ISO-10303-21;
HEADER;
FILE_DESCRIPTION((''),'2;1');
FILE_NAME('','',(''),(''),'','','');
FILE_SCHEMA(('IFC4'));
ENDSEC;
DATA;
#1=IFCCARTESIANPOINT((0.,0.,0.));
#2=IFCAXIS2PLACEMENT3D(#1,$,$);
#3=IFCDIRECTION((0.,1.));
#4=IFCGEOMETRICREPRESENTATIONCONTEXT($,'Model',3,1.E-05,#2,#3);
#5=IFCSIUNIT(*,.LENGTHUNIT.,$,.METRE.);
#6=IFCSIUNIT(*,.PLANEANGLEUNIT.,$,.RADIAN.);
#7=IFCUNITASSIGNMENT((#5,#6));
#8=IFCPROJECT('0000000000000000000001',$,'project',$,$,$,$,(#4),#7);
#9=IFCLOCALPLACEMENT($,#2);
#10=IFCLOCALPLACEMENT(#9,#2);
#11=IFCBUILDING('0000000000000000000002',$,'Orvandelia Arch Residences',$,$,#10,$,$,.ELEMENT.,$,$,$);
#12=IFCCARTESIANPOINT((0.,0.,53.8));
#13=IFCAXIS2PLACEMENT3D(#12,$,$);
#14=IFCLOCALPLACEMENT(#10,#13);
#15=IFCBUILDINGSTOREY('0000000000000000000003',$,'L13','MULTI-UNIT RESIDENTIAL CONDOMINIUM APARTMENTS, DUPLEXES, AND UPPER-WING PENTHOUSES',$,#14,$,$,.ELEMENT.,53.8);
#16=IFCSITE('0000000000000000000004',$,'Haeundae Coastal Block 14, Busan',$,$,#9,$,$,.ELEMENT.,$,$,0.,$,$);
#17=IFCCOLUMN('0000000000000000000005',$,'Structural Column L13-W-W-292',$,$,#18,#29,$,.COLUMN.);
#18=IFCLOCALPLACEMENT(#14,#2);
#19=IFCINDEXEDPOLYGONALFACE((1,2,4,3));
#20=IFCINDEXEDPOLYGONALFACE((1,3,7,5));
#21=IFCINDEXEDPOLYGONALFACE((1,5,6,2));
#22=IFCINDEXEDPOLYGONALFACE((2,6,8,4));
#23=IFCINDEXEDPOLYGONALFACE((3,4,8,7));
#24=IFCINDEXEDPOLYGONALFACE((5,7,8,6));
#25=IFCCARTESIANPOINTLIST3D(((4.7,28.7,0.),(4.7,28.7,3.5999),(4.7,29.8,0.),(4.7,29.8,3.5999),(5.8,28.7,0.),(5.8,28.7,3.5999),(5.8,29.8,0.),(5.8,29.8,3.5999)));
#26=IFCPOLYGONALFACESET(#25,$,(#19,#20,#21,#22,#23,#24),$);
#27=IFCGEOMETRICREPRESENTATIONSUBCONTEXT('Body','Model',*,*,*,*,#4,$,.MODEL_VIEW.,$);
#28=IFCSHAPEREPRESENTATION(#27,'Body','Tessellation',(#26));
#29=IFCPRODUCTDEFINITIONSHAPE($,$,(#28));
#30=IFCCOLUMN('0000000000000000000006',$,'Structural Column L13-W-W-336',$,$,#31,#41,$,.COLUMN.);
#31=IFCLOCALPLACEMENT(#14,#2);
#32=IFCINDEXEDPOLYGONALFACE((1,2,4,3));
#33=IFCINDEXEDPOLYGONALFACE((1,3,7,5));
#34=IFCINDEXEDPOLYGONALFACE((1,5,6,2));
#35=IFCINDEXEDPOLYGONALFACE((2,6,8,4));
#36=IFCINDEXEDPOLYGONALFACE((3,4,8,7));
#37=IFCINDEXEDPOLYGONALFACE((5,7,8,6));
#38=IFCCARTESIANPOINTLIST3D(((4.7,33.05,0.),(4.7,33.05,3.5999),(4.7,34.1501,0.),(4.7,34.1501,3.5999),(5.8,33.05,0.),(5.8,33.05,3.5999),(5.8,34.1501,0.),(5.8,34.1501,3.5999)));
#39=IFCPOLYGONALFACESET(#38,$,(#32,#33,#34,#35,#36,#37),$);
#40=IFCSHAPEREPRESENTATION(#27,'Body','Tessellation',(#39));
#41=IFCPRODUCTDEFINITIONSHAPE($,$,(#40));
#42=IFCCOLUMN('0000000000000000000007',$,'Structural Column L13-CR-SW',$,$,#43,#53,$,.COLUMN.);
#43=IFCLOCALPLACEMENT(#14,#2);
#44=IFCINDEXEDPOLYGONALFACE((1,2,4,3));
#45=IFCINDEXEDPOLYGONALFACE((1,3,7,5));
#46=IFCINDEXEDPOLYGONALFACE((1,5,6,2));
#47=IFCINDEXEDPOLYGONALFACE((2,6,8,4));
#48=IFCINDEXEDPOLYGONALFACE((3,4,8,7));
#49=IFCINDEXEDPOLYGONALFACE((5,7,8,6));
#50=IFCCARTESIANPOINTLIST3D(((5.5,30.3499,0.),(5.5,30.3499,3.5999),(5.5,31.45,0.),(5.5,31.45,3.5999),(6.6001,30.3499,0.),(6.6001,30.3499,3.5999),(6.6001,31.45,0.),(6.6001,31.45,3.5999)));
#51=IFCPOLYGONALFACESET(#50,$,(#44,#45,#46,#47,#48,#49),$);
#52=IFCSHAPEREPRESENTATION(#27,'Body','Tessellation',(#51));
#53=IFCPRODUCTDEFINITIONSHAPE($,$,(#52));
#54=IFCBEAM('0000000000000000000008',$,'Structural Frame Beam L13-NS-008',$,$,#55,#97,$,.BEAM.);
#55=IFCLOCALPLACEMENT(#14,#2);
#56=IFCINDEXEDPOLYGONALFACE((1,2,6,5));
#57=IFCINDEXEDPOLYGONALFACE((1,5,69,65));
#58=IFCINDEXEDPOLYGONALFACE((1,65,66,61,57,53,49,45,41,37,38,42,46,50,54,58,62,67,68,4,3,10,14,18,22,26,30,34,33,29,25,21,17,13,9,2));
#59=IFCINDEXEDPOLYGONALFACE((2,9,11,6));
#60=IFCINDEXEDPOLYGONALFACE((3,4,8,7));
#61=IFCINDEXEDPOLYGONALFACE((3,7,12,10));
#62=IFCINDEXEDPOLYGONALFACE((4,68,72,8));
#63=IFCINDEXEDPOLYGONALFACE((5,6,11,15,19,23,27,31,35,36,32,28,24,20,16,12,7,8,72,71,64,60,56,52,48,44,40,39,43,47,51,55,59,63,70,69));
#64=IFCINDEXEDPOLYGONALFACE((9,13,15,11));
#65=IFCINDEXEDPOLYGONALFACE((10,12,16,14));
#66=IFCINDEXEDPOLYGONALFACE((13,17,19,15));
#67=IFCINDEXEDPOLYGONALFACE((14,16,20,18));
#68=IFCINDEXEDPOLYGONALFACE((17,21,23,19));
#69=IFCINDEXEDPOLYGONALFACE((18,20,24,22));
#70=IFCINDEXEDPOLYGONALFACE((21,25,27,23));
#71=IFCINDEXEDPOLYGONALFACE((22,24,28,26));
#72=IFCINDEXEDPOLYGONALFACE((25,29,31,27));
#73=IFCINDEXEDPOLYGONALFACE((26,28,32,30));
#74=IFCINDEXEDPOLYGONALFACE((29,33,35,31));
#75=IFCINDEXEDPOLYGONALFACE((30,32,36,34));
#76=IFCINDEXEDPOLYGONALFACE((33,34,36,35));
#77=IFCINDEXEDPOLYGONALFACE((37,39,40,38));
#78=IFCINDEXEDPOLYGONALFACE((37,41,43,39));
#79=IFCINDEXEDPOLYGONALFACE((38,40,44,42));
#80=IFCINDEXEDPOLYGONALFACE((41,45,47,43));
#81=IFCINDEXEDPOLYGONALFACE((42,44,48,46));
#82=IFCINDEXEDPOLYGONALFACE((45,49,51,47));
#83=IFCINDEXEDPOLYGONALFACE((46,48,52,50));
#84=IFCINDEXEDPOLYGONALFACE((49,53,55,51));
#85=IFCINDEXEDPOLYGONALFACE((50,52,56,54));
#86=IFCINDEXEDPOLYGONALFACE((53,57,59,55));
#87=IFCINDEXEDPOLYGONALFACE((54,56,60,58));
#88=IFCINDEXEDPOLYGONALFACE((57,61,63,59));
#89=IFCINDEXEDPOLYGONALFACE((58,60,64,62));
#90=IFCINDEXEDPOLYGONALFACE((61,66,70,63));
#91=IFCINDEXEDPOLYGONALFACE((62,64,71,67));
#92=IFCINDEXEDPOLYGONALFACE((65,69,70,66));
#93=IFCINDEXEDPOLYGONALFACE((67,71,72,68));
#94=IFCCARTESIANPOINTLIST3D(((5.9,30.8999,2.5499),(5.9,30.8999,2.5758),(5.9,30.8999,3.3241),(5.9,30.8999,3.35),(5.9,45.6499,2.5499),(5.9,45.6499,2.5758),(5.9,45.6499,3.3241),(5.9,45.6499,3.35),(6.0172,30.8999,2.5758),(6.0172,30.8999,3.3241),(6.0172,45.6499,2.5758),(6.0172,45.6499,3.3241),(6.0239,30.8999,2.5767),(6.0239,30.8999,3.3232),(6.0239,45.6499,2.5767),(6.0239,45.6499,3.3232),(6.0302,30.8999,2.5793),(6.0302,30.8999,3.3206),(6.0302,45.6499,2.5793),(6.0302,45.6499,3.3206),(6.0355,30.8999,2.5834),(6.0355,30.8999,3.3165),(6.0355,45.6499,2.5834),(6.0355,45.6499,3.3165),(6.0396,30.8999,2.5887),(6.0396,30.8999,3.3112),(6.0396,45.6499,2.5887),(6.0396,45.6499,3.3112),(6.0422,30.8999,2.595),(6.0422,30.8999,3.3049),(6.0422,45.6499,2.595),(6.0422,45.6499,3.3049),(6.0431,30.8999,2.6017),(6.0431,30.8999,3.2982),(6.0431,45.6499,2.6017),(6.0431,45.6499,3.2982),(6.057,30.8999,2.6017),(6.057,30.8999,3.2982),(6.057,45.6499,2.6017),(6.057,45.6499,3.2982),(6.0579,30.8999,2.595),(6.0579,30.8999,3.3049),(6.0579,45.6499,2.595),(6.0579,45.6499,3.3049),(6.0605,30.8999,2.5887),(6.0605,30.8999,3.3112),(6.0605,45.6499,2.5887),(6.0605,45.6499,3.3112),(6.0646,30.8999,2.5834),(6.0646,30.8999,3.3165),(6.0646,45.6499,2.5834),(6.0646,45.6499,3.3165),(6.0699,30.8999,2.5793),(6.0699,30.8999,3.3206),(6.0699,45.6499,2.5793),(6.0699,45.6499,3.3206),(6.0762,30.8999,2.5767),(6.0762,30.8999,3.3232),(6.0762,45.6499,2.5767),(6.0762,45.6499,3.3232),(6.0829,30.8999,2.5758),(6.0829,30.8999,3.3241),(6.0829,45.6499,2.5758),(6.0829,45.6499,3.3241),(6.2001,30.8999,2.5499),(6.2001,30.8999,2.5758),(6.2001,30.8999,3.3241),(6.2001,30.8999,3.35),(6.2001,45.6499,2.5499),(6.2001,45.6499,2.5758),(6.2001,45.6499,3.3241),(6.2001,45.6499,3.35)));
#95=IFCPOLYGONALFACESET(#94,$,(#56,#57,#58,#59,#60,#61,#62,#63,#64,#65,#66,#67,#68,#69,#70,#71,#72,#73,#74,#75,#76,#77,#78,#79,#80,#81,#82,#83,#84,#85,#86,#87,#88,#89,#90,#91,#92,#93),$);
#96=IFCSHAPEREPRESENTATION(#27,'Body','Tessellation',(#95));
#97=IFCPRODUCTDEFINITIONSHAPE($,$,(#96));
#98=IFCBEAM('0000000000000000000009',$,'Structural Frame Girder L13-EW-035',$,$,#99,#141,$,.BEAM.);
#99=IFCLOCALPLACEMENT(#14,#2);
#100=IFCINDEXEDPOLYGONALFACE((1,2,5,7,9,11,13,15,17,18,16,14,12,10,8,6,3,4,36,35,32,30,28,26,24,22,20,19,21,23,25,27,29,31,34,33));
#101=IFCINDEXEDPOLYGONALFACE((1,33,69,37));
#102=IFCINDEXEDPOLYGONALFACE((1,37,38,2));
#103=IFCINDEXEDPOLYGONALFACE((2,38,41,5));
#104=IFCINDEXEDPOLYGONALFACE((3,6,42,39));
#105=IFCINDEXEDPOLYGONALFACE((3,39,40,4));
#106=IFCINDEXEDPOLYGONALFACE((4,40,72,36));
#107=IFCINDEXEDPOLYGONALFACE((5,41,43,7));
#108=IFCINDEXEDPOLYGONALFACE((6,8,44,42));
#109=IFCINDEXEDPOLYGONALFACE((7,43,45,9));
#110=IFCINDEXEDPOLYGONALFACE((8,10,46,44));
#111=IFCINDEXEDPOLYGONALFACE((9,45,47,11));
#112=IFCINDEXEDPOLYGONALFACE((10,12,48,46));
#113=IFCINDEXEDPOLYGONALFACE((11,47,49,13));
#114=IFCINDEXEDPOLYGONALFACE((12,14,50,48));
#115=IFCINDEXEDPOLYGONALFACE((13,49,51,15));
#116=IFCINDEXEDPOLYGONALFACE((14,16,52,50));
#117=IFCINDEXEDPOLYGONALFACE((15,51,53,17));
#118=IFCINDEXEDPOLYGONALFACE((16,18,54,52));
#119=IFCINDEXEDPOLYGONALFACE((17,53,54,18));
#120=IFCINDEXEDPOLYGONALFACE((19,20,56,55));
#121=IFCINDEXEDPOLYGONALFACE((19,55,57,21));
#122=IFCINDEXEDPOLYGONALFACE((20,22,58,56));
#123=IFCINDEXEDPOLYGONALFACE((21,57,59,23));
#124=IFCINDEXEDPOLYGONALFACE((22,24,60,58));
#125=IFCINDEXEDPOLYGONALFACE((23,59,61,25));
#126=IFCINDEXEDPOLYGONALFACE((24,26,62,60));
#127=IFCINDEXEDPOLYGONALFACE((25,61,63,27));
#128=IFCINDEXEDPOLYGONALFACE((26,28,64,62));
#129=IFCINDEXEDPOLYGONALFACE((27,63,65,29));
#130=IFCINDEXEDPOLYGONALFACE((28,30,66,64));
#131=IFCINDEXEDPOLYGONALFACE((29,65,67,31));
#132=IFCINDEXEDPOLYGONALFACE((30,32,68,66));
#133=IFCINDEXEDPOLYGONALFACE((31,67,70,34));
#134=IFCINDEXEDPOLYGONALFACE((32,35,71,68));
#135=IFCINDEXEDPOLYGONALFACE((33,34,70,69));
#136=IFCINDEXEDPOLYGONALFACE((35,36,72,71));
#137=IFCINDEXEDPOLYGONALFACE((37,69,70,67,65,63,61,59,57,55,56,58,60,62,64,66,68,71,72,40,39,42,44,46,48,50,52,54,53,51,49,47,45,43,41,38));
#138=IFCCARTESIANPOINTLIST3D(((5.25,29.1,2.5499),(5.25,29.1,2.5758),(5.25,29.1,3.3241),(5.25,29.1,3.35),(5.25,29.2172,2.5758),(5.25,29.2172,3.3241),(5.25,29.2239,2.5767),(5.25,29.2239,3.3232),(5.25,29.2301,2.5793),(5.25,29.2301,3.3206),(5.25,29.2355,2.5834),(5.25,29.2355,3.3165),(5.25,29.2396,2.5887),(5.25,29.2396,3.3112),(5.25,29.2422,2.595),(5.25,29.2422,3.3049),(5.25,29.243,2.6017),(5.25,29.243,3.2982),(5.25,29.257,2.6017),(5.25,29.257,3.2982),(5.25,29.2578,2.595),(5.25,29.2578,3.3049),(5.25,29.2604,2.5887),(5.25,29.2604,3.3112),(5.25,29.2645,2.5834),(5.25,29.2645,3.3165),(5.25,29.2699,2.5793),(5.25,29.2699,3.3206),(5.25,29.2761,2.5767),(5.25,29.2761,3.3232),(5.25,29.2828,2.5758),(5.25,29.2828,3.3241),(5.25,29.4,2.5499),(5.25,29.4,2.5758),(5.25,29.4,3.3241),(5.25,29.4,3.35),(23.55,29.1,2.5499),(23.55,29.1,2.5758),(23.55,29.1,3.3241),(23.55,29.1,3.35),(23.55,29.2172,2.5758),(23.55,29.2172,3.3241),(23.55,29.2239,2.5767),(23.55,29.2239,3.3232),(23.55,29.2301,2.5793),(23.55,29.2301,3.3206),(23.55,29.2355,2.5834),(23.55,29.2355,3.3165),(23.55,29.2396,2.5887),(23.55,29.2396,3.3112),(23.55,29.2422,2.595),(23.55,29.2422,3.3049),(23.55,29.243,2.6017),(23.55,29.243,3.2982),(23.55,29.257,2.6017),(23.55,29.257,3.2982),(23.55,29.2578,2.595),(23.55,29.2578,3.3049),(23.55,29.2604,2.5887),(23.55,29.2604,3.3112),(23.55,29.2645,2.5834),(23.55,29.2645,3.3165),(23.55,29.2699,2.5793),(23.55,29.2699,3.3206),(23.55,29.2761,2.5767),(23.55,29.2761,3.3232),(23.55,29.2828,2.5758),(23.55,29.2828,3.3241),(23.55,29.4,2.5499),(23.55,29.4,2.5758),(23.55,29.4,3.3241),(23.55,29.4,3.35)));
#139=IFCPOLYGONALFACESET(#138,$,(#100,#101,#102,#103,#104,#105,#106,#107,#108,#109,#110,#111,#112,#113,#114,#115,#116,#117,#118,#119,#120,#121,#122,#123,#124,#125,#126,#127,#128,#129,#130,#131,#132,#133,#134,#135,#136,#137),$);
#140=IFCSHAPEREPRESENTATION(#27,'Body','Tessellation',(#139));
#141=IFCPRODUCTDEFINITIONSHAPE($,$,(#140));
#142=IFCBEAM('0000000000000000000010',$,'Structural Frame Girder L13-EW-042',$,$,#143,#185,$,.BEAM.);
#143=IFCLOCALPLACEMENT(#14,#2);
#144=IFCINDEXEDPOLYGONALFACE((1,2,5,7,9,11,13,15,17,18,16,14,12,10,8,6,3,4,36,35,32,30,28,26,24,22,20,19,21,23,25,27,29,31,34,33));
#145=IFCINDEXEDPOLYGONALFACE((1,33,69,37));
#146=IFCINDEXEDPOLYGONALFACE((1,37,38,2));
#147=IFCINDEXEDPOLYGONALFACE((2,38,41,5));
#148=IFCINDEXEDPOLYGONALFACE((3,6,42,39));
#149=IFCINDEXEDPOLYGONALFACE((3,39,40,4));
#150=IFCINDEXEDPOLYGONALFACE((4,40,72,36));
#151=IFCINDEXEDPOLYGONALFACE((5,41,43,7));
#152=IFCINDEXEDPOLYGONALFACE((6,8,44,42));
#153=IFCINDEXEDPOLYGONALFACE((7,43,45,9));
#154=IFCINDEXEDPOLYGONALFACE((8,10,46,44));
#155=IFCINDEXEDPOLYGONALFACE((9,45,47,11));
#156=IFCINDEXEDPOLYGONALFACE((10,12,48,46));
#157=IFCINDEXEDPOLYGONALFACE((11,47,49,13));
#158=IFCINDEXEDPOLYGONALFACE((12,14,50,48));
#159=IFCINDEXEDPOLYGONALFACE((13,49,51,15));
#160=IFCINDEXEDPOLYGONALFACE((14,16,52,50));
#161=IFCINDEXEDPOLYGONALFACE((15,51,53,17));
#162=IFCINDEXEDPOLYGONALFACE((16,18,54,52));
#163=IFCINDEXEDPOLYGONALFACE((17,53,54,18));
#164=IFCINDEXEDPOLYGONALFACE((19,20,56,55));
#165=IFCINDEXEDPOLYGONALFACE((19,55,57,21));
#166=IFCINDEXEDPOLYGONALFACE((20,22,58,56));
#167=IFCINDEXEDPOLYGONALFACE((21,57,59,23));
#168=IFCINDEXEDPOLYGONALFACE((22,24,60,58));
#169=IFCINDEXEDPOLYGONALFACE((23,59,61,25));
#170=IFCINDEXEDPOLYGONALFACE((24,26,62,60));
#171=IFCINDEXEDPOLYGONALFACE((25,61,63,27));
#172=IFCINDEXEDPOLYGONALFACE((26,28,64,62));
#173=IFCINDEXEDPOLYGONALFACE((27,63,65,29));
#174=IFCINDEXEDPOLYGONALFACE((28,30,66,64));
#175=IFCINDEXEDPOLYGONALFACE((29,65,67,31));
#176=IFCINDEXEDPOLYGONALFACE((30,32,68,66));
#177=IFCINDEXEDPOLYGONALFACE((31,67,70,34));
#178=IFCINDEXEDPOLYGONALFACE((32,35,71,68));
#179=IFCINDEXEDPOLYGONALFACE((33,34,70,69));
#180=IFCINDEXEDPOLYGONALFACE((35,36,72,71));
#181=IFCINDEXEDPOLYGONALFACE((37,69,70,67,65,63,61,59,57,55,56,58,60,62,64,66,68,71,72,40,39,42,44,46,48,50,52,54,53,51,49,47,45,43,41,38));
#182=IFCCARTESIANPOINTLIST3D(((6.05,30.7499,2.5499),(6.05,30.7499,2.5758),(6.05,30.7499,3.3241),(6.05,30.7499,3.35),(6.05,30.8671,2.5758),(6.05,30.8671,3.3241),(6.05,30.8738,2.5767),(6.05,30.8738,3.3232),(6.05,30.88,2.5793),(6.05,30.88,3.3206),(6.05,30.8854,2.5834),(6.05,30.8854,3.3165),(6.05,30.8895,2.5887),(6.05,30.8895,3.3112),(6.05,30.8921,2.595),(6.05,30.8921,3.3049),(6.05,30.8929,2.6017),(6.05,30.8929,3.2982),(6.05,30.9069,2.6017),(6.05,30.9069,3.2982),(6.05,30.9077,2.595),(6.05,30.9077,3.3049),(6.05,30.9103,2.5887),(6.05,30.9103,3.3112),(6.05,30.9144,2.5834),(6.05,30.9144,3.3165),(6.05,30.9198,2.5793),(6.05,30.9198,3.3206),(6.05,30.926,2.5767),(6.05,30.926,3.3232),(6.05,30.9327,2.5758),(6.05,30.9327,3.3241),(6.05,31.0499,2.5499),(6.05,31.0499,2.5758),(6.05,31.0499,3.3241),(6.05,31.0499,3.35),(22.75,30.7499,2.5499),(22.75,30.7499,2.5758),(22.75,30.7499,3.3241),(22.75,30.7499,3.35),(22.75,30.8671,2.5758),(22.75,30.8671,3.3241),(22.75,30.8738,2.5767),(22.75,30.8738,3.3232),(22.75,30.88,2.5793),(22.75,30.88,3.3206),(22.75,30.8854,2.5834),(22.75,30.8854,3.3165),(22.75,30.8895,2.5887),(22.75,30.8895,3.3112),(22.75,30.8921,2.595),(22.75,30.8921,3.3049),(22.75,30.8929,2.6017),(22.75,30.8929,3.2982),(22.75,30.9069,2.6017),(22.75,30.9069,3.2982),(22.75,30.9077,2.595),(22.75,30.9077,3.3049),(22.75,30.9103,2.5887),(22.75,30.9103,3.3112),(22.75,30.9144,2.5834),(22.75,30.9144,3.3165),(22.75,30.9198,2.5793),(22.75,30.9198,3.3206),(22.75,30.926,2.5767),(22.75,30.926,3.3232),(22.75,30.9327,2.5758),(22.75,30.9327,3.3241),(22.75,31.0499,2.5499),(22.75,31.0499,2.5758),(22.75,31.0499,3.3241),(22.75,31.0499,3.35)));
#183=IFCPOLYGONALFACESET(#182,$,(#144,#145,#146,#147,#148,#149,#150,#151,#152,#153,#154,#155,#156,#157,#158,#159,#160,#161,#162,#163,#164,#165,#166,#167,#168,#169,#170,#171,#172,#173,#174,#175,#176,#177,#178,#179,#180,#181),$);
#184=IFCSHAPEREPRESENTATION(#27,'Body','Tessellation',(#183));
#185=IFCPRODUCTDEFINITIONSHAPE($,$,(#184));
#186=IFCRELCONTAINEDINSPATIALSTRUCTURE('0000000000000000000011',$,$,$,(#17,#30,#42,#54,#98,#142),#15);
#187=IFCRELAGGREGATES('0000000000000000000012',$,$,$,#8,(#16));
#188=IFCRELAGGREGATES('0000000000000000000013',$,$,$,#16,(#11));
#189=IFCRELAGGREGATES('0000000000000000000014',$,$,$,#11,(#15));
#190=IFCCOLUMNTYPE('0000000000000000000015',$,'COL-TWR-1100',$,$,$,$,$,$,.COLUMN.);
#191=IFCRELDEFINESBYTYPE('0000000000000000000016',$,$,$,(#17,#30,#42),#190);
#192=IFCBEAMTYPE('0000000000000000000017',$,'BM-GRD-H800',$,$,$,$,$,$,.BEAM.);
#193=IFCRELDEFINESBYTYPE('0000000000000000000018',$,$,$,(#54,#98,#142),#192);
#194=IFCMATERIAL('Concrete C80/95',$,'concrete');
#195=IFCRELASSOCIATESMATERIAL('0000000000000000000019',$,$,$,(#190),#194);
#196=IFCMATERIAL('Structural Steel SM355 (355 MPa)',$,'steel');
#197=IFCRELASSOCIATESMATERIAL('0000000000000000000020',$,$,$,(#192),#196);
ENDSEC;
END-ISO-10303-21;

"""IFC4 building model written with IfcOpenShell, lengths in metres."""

from ifc_helpers import new_model, si_unit, direction, frame, origin, origin_2d, place, context, subcontext, project, spatial, rectangle, i_section, extrude, material, material_profile, profile_set, type_object, element, save


model = new_model("IFC4")

# Units and contexts
model_context = context("Model", 3, precision=1e-05, world=origin(), true_north=direction((0.0, 1.0)))
body_context = subcontext(model_context, "Body", "Model", "MODEL_VIEW")
ifc_project = project(units=[si_unit("LENGTHUNIT", "METRE"), si_unit("PLANEANGLEUNIT", "RADIAN")], contexts=[model_context])

# Site, building, storey
site_placement = place(None, origin())
site = spatial("IfcSite", under=ifc_project, at=site_placement, Name="Haeundae Coastal Block 14, Busan", CompositionType="ELEMENT", RefElevation=0.0)
building_placement = place(site_placement, origin())
building = spatial("IfcBuilding", under=site, at=building_placement, Name="Orvandelia Arch Residences", CompositionType="ELEMENT")
storey_placement = place(building_placement, frame((0.0, 0.0, 53.8)))
storey = spatial("IfcBuildingStorey", under=building, at=storey_placement, Name="L13", Description="MULTI-UNIT RESIDENTIAL CONDOMINIUM APARTMENTS, DUPLEXES, AND UPPER-WING PENTHOUSES", CompositionType="ELEMENT", Elevation=53.8)

# Columns
ifc_material_1 = material(Name="Concrete C80/95", Category="concrete")
ifc_material_profile_1 = material_profile(ifc_material_1, rectangle(XDim=1.1001, YDim=1.1001, at=origin_2d()), Name="Concrete C80/95", Category="concrete")
ifc_profile_set_1 = profile_set([ifc_material_profile_1], Name="Concrete C80/95")
column_type = type_object("IfcColumnType", Name="COL-TWR-1100", PredefinedType="COLUMN", material=ifc_profile_set_1)
for number, where, z_axis, x_axis, name in (
    (1, (5.25, 29.25, 0.0), (0.0, 0.0, 1.0), (1.0, 0.0, 0.0), "Structural Column L13-W-W-292"),
    (2, (5.25, 33.6001, 0.0), (0.0, 0.0, 1.0), (1.0, 0.0, 0.0), "Structural Column L13-W-W-336"),
    (3, (6.05, 30.8999, 0.0), (0.0, 0.0, 1.0), (1.0, 0.0, 0.0), "Structural Column L13-CR-SW"),
):
    element("IfcColumn", number, at=place(storey_placement, frame(where, z_axis=z_axis, x_axis=x_axis)), inside=storey, type_object=column_type, Name=name, PredefinedType="COLUMN", context=body_context, shape_type="SweptSolid", body=[
        extrude(rectangle(XDim=1.1001, YDim=1.1001, at=origin_2d()), origin(), (0.0, 0.0, 1.0), 3.5999),
    ])

# Beams
ifc_material_2 = material(Name="Structural Steel SM355 (355 MPa)", Category="steel")
ifc_material_profile_2 = material_profile(ifc_material_2, i_section(OverallWidth=0.3, OverallDepth=0.8, WebThickness=0.0139, FlangeThickness=0.0259, FilletRadius=0.0259, at=origin_2d()), Name="Structural Steel SM355 (355 MPa)", Category="steel")
ifc_profile_set_2 = profile_set([ifc_material_profile_2], Name="Structural Steel SM355 (355 MPa)")
beam_type_1 = type_object("IfcBeamType", Name="BM-GRD-H800", PredefinedType="BEAM", material=ifc_profile_set_2)
beam_1_placement = place(storey_placement, frame((6.05, 30.8999, 2.95), z_axis=(0.0, 1.0, 0.0), x_axis=(-1.0, 0.0, 0.0)))
element("IfcBeam", 4, at=beam_1_placement, inside=storey, type_object=beam_type_1, Name="Structural Frame Beam L13-NS-008", PredefinedType="BEAM", context=body_context, shape_type="SweptSolid", body=[
    extrude(i_section(OverallWidth=0.3, OverallDepth=0.8, WebThickness=0.0139, FlangeThickness=0.0259, FilletRadius=0.0259, at=origin_2d()), origin(), (0.0, 0.0, 1.0), 14.75),
])
beam_2_placement = place(storey_placement, frame((5.25, 29.25, 2.95), z_axis=(1.0, 0.0, 0.0), x_axis=(0.0, 1.0, 0.0)))
element("IfcBeam", 5, at=beam_2_placement, inside=storey, type_object=beam_type_1, Name="Structural Frame Girder L13-EW-035", PredefinedType="BEAM", context=body_context, shape_type="SweptSolid", body=[
    extrude(i_section(OverallWidth=0.3, OverallDepth=0.8, WebThickness=0.0139, FlangeThickness=0.0259, FilletRadius=0.0259, at=origin_2d()), origin(), (0.0, 0.0, 1.0), 18.3),
])
beam_3_placement = place(storey_placement, frame((6.05, 30.8999, 2.95), z_axis=(1.0, 0.0, 0.0), x_axis=(0.0, 1.0, 0.0)))
element("IfcBeam", 6, at=beam_3_placement, inside=storey, type_object=beam_type_1, Name="Structural Frame Girder L13-EW-042", PredefinedType="BEAM", context=body_context, shape_type="SweptSolid", body=[
    extrude(i_section(OverallWidth=0.3, OverallDepth=0.8, WebThickness=0.0139, FlangeThickness=0.0259, FilletRadius=0.0259, at=origin_2d()), origin(), (0.0, 0.0, 1.0), 16.7),
])

save(model, "model.ifc")
